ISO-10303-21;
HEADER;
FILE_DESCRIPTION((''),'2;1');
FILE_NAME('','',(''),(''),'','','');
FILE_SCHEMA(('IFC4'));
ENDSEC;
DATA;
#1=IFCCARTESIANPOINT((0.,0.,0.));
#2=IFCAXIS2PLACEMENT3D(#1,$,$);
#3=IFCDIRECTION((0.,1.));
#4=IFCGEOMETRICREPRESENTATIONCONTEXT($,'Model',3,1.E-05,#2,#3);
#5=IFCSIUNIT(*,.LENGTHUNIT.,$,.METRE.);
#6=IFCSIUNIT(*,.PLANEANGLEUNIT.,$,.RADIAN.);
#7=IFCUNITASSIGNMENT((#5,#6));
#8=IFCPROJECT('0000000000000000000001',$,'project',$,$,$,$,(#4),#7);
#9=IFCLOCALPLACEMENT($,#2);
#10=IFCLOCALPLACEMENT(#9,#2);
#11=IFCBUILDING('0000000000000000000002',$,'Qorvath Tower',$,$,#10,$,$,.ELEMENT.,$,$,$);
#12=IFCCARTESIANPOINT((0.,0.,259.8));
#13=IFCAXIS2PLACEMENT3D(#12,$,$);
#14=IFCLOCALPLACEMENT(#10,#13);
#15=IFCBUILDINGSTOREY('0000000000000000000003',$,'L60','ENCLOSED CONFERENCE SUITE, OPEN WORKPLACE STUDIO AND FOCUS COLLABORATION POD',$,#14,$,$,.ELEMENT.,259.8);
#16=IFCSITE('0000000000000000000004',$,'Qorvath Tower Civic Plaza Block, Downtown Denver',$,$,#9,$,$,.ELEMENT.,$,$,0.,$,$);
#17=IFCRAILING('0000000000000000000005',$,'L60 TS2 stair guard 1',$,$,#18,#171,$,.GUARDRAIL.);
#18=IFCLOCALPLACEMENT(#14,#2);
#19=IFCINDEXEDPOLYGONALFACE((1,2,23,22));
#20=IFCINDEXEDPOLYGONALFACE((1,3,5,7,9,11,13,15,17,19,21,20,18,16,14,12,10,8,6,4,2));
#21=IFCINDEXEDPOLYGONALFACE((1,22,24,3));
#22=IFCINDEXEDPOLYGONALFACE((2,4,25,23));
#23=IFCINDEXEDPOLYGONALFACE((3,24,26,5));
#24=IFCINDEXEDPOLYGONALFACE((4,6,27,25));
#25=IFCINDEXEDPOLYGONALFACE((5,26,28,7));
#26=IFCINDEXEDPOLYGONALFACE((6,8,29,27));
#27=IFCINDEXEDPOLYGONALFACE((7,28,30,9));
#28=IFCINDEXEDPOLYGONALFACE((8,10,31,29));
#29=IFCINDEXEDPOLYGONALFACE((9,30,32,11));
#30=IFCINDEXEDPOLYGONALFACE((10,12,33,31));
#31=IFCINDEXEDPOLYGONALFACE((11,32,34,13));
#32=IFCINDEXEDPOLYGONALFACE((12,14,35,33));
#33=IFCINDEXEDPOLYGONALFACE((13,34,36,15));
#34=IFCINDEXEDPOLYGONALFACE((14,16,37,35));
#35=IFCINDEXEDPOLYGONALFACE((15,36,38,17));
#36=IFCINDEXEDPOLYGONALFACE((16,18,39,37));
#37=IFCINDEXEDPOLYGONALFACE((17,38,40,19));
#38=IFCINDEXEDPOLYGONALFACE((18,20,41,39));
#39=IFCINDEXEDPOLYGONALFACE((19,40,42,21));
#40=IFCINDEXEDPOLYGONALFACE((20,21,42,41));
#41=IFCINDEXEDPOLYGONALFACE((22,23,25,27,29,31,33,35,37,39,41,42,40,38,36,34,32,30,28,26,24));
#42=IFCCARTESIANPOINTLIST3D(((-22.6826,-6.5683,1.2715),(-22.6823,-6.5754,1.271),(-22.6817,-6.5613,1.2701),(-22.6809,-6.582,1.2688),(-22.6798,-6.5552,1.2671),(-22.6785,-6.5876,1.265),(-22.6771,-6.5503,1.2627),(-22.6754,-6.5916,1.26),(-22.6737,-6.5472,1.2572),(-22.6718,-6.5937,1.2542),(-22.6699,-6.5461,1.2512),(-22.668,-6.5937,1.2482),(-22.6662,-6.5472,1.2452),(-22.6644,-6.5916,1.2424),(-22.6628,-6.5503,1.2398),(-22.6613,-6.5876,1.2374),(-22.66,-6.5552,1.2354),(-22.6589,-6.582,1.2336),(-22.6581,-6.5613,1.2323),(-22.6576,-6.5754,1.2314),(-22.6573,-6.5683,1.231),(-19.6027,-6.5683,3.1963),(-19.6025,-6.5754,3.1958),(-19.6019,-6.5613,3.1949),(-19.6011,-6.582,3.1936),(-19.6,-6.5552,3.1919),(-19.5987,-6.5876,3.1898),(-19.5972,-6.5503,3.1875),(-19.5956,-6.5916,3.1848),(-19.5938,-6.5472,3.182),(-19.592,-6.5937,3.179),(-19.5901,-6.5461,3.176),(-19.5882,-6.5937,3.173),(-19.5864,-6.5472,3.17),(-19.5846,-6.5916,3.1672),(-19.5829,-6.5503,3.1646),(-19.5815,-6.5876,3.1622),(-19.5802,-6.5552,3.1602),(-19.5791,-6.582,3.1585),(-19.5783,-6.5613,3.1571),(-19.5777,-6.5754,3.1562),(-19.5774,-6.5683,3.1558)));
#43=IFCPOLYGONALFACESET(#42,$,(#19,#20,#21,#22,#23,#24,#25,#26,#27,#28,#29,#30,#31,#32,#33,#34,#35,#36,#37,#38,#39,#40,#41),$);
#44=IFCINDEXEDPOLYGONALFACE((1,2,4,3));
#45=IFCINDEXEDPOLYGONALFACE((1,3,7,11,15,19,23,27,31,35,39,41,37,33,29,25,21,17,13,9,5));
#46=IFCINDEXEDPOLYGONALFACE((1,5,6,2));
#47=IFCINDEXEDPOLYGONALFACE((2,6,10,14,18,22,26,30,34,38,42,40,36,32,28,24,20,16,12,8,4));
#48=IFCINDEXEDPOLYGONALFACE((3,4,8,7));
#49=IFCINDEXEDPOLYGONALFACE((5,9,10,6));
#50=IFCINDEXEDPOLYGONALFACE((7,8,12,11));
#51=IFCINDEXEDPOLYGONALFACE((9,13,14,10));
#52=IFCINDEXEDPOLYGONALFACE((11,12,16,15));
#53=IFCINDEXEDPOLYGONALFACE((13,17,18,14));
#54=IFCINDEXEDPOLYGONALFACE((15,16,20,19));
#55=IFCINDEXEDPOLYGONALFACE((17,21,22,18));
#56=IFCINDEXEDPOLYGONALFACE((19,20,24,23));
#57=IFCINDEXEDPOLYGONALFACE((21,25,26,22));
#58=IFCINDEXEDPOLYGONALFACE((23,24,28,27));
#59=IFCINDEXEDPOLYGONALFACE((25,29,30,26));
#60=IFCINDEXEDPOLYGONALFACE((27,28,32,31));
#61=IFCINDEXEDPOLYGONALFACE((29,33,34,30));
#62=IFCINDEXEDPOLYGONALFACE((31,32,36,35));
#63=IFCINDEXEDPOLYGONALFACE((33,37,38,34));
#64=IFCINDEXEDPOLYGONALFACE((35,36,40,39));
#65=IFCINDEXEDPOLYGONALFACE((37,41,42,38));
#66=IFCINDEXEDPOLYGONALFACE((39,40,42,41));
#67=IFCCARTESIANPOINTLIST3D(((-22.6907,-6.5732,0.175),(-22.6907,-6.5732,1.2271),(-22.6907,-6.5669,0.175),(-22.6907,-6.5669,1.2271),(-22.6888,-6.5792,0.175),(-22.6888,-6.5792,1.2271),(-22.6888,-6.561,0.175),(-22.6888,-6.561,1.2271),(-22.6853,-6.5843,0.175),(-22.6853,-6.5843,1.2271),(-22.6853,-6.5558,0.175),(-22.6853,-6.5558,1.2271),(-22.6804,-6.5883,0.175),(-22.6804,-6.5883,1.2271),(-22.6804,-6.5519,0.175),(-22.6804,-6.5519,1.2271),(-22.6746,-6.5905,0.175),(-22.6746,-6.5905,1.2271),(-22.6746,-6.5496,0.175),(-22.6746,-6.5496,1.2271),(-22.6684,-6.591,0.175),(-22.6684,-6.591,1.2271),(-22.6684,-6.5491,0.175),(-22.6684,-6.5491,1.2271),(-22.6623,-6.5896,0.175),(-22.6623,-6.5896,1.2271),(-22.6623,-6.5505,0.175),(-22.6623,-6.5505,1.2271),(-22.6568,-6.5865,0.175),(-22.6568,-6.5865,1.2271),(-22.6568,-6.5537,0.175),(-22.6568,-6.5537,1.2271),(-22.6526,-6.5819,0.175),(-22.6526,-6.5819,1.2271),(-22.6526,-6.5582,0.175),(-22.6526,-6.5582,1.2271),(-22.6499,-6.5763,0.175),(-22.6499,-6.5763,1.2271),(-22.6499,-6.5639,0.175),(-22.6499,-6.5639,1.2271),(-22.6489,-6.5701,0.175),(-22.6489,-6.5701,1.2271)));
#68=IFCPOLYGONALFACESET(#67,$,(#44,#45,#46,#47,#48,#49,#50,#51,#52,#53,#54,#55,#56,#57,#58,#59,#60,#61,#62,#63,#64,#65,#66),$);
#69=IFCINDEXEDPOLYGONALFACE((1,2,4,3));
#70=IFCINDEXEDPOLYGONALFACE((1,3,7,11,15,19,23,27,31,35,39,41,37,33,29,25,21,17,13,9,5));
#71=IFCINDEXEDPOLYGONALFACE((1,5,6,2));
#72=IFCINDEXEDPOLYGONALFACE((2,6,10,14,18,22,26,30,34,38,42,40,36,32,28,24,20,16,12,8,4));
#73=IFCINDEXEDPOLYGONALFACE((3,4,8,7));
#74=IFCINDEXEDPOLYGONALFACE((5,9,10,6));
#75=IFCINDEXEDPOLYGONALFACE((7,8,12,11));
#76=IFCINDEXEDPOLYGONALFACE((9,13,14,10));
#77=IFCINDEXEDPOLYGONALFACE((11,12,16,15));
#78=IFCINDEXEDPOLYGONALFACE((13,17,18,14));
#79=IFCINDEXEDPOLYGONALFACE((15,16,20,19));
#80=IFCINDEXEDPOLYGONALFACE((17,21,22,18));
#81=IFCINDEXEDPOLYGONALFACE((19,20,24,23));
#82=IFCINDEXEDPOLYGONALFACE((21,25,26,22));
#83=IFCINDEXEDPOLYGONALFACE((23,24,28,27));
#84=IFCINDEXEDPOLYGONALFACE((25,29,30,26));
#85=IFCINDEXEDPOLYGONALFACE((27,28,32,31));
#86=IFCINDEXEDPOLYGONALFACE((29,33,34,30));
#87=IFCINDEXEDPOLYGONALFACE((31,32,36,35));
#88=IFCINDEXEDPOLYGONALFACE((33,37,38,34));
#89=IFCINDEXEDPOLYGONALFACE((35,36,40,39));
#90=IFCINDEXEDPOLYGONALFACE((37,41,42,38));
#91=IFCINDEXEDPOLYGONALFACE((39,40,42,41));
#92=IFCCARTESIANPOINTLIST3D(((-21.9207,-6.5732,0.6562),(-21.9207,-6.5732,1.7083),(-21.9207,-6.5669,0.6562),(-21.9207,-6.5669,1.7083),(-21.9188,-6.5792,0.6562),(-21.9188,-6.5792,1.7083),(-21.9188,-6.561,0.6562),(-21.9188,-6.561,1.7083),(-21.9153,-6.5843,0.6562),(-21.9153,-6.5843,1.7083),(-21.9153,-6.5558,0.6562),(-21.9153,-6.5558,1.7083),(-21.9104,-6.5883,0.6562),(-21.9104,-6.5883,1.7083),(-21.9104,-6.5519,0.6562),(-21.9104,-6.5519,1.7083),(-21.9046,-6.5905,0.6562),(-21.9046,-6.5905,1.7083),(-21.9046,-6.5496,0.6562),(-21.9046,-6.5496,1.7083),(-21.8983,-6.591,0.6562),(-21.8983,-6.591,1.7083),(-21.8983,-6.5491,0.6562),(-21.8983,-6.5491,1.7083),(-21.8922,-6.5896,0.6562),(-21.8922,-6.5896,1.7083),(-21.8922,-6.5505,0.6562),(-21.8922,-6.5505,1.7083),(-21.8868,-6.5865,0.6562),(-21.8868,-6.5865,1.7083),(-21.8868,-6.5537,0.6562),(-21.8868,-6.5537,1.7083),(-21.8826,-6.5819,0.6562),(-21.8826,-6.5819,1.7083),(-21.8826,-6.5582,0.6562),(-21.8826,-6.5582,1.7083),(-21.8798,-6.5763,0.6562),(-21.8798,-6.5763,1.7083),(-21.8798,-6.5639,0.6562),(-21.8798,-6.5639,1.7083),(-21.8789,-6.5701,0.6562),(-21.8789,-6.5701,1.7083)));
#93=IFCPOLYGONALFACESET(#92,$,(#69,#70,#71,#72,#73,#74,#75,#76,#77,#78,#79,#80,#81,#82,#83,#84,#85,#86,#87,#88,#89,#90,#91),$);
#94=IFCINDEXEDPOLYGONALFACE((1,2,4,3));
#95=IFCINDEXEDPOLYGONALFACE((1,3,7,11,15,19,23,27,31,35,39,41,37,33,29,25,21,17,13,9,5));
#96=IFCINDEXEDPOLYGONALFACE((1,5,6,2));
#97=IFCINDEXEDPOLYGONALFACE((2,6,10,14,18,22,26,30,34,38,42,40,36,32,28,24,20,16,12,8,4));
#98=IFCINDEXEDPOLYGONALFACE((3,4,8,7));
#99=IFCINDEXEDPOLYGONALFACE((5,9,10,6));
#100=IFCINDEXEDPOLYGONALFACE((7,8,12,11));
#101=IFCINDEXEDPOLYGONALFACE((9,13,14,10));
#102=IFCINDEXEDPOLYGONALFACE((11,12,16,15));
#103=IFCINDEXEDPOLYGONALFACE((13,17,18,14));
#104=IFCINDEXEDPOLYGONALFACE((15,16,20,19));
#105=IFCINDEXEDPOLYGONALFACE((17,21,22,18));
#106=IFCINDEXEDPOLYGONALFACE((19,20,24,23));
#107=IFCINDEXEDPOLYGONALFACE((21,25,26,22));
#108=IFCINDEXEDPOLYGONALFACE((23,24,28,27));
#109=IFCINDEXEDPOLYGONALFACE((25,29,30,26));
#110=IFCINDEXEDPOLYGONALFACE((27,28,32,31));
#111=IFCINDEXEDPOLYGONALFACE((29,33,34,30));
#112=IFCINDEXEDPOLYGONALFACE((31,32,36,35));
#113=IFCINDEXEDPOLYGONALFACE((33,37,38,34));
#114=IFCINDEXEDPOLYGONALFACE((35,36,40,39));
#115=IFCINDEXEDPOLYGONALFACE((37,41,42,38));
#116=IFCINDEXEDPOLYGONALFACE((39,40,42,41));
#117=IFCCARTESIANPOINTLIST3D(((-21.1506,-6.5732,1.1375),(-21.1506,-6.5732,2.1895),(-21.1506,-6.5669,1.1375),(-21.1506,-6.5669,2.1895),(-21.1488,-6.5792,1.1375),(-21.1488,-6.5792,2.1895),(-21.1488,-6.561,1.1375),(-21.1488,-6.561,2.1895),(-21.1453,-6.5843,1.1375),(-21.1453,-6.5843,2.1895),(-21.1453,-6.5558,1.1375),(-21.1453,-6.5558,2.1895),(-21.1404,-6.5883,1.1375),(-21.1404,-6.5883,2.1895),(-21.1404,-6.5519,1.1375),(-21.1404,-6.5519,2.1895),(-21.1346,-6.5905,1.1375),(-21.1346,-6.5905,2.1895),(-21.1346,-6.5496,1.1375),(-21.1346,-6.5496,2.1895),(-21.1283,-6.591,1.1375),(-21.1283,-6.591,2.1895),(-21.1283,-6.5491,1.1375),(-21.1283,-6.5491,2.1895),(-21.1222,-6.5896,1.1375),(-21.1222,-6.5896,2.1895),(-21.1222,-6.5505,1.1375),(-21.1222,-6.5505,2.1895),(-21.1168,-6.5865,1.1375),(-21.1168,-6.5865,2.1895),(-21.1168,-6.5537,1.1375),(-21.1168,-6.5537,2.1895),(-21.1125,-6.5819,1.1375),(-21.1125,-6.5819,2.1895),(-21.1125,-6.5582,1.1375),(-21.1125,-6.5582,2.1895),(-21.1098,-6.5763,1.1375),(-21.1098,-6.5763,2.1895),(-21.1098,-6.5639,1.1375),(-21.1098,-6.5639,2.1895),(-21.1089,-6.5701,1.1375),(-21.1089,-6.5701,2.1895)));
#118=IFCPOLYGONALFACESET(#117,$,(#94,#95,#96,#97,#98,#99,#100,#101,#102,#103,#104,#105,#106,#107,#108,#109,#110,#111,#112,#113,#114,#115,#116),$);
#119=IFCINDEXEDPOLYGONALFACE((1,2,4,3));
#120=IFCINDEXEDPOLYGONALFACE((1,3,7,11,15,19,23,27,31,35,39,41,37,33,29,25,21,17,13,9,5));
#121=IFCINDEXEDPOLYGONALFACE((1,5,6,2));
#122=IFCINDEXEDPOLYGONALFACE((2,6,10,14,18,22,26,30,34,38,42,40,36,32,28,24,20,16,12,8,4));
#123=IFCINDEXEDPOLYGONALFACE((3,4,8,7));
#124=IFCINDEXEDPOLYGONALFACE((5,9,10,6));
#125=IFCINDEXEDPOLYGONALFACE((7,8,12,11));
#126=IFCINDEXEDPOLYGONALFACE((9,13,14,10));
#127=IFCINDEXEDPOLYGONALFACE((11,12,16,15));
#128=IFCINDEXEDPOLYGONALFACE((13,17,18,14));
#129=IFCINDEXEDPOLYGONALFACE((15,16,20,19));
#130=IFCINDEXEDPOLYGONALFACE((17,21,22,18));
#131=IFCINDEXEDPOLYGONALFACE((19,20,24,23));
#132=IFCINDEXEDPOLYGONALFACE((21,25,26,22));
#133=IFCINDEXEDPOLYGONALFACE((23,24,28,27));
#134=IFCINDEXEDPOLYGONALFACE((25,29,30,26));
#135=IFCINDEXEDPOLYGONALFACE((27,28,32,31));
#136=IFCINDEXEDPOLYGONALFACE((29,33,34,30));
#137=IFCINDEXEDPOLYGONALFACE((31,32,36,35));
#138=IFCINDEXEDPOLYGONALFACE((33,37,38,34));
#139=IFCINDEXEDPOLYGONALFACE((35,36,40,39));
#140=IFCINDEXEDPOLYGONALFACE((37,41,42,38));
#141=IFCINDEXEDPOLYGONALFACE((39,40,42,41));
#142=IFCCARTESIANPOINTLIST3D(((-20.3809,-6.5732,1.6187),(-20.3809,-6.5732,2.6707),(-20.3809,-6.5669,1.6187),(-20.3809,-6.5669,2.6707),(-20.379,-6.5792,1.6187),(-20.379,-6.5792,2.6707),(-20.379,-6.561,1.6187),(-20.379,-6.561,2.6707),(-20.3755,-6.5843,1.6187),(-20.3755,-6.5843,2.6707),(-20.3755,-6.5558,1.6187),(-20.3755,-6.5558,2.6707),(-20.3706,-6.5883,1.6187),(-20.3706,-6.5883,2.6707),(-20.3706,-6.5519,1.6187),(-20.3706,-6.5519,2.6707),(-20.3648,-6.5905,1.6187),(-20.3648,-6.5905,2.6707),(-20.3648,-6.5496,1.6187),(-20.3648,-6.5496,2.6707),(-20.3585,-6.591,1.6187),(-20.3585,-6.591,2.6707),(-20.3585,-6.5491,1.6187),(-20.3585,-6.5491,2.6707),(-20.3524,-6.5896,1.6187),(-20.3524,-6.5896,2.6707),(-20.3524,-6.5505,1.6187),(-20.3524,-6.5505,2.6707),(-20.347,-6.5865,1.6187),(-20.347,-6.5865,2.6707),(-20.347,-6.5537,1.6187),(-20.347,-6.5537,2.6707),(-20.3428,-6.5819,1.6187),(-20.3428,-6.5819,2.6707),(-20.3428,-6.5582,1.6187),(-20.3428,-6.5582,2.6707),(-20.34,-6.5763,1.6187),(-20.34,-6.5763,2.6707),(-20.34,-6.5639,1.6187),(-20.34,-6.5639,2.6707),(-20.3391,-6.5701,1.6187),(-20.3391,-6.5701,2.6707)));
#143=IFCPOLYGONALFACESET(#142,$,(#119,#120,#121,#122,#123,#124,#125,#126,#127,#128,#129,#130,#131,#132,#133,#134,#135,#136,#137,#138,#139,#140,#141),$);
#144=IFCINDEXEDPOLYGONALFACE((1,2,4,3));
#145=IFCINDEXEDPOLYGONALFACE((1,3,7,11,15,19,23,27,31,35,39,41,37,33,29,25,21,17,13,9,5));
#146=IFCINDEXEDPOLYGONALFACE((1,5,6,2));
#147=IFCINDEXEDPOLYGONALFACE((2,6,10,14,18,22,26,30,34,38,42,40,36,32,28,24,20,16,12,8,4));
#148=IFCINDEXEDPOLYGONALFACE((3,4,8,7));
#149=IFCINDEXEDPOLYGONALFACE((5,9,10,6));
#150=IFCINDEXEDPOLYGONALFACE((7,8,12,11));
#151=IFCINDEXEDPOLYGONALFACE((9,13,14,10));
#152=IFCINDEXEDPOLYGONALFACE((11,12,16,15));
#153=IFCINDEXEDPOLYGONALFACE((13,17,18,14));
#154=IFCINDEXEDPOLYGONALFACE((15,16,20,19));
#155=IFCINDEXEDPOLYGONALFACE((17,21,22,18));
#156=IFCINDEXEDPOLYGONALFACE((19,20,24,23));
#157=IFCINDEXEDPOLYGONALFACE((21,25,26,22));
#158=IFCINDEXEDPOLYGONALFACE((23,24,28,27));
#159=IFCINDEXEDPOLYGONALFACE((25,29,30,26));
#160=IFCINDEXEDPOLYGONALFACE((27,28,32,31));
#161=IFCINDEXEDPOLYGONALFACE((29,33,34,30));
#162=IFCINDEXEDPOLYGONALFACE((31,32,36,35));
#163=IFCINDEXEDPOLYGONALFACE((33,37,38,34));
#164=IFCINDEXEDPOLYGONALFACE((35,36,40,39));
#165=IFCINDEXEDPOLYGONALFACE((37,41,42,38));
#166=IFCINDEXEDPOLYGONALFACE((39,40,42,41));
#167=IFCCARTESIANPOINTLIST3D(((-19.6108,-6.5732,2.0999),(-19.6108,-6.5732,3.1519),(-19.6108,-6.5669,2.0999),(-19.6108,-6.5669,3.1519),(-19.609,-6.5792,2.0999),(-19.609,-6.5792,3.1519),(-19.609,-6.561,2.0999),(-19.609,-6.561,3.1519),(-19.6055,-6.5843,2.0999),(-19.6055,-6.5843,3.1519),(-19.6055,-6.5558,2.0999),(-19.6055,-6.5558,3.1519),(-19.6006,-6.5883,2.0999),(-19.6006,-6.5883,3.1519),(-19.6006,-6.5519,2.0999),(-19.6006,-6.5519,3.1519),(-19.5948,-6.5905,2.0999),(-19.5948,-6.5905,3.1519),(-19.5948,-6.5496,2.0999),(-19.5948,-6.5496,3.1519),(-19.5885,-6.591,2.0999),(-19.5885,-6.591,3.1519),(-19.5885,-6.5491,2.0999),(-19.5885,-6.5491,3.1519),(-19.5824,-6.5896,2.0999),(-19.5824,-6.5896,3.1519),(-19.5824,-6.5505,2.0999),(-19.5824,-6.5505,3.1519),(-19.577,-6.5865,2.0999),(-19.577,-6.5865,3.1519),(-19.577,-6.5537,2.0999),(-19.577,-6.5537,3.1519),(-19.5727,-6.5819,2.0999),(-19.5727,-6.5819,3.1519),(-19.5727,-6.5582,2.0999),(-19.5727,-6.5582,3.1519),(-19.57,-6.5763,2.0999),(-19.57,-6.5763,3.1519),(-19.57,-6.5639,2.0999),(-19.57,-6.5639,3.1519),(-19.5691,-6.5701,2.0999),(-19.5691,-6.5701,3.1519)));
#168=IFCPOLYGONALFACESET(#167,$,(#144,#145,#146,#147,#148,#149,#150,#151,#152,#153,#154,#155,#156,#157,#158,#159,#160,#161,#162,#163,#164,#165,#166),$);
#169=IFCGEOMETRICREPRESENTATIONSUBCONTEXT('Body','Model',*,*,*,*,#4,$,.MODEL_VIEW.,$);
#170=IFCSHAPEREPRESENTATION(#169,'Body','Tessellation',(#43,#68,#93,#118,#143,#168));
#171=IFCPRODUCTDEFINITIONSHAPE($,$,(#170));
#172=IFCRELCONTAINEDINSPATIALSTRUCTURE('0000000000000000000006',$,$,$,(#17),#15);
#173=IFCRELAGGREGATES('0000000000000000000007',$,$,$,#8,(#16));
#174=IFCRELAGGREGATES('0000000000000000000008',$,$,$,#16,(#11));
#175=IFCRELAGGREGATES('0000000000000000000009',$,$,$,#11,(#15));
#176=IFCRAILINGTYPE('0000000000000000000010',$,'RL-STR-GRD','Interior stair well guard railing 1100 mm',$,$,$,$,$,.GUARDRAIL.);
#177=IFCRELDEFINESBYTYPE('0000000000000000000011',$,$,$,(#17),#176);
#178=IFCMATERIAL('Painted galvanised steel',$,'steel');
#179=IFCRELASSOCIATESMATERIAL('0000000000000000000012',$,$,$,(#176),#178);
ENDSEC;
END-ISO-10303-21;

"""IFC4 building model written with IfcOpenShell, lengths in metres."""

from ifc_helpers import new_model, si_unit, direction, frame, origin, origin_2d, place, context, subcontext, project, spatial, circle, extrude, material, type_object, element, save


model = new_model("IFC4")

# Units and contexts
model_context = context("Model", 3, precision=1e-05, world=origin(), true_north=direction((0.0, 1.0)))
body_context = subcontext(model_context, "Body", "Model", "MODEL_VIEW")
ifc_project = project(units=[si_unit("LENGTHUNIT", "METRE"), si_unit("PLANEANGLEUNIT", "RADIAN")], contexts=[model_context])

# Site, building, storey
site_placement = place(None, origin())
site = spatial("IfcSite", under=ifc_project, at=site_placement, Name="Qorvath Tower Civic Plaza Block, Downtown Denver", CompositionType="ELEMENT", RefElevation=0.0)
building_placement = place(site_placement, origin())
building = spatial("IfcBuilding", under=site, at=building_placement, Name="Qorvath Tower", CompositionType="ELEMENT")
storey_placement = place(building_placement, frame((0.0, 0.0, 259.8)))
storey = spatial("IfcBuildingStorey", under=building, at=storey_placement, Name="L60", Description="ENCLOSED CONFERENCE SUITE, OPEN WORKPLACE STUDIO AND FOCUS COLLABORATION POD", CompositionType="ELEMENT", Elevation=259.8)

# Railing
ifc_material_1 = material(Name="Painted galvanised steel", Category="steel")
railing_type_1 = type_object("IfcRailingType", Name="RL-STR-GRD", Description="Interior stair well guard railing 1100 mm", PredefinedType="GUARDRAIL", material=ifc_material_1)
railing_1_placement = place(storey_placement, frame((-22.6699, -6.5701, 0.175)))
element("IfcRailing", 1, at=railing_1_placement, inside=storey, type_object=railing_type_1, Name="L60 TS2 stair guard 1", PredefinedType="GUARDRAIL", context=body_context, shape_type="SweptSolid", body=[
    extrude(circle(Radius=0.0239, at=origin_2d()), frame((0.0, 0.0, 1.0762), z_axis=(0.84801, 0.0, 0.529981), x_axis=(0.0, 1.0, 0.0)), (0.0, 0.0, 1.0), 3.6318),
    extrude(circle(Radius=0.021, at=origin_2d()), origin(), (0.0, 0.0, 1.0), 1.052),
    extrude(circle(Radius=0.021, at=origin_2d()), frame((0.77, 0.0, 0.4812)), (0.0, 0.0, 1.0), 1.052),
    extrude(circle(Radius=0.021, at=origin_2d()), frame((1.54, 0.0, 0.9624)), (0.0, 0.0, 1.0), 1.052),
    extrude(circle(Radius=0.021, at=origin_2d()), frame((2.3098, 0.0, 1.4436)), (0.0, 0.0, 1.0), 1.052),
    extrude(circle(Radius=0.021, at=origin_2d()), frame((3.0798, 0.0, 1.9248)), (0.0, 0.0, 1.0), 1.052),
])

save(model, "model.ifc")
